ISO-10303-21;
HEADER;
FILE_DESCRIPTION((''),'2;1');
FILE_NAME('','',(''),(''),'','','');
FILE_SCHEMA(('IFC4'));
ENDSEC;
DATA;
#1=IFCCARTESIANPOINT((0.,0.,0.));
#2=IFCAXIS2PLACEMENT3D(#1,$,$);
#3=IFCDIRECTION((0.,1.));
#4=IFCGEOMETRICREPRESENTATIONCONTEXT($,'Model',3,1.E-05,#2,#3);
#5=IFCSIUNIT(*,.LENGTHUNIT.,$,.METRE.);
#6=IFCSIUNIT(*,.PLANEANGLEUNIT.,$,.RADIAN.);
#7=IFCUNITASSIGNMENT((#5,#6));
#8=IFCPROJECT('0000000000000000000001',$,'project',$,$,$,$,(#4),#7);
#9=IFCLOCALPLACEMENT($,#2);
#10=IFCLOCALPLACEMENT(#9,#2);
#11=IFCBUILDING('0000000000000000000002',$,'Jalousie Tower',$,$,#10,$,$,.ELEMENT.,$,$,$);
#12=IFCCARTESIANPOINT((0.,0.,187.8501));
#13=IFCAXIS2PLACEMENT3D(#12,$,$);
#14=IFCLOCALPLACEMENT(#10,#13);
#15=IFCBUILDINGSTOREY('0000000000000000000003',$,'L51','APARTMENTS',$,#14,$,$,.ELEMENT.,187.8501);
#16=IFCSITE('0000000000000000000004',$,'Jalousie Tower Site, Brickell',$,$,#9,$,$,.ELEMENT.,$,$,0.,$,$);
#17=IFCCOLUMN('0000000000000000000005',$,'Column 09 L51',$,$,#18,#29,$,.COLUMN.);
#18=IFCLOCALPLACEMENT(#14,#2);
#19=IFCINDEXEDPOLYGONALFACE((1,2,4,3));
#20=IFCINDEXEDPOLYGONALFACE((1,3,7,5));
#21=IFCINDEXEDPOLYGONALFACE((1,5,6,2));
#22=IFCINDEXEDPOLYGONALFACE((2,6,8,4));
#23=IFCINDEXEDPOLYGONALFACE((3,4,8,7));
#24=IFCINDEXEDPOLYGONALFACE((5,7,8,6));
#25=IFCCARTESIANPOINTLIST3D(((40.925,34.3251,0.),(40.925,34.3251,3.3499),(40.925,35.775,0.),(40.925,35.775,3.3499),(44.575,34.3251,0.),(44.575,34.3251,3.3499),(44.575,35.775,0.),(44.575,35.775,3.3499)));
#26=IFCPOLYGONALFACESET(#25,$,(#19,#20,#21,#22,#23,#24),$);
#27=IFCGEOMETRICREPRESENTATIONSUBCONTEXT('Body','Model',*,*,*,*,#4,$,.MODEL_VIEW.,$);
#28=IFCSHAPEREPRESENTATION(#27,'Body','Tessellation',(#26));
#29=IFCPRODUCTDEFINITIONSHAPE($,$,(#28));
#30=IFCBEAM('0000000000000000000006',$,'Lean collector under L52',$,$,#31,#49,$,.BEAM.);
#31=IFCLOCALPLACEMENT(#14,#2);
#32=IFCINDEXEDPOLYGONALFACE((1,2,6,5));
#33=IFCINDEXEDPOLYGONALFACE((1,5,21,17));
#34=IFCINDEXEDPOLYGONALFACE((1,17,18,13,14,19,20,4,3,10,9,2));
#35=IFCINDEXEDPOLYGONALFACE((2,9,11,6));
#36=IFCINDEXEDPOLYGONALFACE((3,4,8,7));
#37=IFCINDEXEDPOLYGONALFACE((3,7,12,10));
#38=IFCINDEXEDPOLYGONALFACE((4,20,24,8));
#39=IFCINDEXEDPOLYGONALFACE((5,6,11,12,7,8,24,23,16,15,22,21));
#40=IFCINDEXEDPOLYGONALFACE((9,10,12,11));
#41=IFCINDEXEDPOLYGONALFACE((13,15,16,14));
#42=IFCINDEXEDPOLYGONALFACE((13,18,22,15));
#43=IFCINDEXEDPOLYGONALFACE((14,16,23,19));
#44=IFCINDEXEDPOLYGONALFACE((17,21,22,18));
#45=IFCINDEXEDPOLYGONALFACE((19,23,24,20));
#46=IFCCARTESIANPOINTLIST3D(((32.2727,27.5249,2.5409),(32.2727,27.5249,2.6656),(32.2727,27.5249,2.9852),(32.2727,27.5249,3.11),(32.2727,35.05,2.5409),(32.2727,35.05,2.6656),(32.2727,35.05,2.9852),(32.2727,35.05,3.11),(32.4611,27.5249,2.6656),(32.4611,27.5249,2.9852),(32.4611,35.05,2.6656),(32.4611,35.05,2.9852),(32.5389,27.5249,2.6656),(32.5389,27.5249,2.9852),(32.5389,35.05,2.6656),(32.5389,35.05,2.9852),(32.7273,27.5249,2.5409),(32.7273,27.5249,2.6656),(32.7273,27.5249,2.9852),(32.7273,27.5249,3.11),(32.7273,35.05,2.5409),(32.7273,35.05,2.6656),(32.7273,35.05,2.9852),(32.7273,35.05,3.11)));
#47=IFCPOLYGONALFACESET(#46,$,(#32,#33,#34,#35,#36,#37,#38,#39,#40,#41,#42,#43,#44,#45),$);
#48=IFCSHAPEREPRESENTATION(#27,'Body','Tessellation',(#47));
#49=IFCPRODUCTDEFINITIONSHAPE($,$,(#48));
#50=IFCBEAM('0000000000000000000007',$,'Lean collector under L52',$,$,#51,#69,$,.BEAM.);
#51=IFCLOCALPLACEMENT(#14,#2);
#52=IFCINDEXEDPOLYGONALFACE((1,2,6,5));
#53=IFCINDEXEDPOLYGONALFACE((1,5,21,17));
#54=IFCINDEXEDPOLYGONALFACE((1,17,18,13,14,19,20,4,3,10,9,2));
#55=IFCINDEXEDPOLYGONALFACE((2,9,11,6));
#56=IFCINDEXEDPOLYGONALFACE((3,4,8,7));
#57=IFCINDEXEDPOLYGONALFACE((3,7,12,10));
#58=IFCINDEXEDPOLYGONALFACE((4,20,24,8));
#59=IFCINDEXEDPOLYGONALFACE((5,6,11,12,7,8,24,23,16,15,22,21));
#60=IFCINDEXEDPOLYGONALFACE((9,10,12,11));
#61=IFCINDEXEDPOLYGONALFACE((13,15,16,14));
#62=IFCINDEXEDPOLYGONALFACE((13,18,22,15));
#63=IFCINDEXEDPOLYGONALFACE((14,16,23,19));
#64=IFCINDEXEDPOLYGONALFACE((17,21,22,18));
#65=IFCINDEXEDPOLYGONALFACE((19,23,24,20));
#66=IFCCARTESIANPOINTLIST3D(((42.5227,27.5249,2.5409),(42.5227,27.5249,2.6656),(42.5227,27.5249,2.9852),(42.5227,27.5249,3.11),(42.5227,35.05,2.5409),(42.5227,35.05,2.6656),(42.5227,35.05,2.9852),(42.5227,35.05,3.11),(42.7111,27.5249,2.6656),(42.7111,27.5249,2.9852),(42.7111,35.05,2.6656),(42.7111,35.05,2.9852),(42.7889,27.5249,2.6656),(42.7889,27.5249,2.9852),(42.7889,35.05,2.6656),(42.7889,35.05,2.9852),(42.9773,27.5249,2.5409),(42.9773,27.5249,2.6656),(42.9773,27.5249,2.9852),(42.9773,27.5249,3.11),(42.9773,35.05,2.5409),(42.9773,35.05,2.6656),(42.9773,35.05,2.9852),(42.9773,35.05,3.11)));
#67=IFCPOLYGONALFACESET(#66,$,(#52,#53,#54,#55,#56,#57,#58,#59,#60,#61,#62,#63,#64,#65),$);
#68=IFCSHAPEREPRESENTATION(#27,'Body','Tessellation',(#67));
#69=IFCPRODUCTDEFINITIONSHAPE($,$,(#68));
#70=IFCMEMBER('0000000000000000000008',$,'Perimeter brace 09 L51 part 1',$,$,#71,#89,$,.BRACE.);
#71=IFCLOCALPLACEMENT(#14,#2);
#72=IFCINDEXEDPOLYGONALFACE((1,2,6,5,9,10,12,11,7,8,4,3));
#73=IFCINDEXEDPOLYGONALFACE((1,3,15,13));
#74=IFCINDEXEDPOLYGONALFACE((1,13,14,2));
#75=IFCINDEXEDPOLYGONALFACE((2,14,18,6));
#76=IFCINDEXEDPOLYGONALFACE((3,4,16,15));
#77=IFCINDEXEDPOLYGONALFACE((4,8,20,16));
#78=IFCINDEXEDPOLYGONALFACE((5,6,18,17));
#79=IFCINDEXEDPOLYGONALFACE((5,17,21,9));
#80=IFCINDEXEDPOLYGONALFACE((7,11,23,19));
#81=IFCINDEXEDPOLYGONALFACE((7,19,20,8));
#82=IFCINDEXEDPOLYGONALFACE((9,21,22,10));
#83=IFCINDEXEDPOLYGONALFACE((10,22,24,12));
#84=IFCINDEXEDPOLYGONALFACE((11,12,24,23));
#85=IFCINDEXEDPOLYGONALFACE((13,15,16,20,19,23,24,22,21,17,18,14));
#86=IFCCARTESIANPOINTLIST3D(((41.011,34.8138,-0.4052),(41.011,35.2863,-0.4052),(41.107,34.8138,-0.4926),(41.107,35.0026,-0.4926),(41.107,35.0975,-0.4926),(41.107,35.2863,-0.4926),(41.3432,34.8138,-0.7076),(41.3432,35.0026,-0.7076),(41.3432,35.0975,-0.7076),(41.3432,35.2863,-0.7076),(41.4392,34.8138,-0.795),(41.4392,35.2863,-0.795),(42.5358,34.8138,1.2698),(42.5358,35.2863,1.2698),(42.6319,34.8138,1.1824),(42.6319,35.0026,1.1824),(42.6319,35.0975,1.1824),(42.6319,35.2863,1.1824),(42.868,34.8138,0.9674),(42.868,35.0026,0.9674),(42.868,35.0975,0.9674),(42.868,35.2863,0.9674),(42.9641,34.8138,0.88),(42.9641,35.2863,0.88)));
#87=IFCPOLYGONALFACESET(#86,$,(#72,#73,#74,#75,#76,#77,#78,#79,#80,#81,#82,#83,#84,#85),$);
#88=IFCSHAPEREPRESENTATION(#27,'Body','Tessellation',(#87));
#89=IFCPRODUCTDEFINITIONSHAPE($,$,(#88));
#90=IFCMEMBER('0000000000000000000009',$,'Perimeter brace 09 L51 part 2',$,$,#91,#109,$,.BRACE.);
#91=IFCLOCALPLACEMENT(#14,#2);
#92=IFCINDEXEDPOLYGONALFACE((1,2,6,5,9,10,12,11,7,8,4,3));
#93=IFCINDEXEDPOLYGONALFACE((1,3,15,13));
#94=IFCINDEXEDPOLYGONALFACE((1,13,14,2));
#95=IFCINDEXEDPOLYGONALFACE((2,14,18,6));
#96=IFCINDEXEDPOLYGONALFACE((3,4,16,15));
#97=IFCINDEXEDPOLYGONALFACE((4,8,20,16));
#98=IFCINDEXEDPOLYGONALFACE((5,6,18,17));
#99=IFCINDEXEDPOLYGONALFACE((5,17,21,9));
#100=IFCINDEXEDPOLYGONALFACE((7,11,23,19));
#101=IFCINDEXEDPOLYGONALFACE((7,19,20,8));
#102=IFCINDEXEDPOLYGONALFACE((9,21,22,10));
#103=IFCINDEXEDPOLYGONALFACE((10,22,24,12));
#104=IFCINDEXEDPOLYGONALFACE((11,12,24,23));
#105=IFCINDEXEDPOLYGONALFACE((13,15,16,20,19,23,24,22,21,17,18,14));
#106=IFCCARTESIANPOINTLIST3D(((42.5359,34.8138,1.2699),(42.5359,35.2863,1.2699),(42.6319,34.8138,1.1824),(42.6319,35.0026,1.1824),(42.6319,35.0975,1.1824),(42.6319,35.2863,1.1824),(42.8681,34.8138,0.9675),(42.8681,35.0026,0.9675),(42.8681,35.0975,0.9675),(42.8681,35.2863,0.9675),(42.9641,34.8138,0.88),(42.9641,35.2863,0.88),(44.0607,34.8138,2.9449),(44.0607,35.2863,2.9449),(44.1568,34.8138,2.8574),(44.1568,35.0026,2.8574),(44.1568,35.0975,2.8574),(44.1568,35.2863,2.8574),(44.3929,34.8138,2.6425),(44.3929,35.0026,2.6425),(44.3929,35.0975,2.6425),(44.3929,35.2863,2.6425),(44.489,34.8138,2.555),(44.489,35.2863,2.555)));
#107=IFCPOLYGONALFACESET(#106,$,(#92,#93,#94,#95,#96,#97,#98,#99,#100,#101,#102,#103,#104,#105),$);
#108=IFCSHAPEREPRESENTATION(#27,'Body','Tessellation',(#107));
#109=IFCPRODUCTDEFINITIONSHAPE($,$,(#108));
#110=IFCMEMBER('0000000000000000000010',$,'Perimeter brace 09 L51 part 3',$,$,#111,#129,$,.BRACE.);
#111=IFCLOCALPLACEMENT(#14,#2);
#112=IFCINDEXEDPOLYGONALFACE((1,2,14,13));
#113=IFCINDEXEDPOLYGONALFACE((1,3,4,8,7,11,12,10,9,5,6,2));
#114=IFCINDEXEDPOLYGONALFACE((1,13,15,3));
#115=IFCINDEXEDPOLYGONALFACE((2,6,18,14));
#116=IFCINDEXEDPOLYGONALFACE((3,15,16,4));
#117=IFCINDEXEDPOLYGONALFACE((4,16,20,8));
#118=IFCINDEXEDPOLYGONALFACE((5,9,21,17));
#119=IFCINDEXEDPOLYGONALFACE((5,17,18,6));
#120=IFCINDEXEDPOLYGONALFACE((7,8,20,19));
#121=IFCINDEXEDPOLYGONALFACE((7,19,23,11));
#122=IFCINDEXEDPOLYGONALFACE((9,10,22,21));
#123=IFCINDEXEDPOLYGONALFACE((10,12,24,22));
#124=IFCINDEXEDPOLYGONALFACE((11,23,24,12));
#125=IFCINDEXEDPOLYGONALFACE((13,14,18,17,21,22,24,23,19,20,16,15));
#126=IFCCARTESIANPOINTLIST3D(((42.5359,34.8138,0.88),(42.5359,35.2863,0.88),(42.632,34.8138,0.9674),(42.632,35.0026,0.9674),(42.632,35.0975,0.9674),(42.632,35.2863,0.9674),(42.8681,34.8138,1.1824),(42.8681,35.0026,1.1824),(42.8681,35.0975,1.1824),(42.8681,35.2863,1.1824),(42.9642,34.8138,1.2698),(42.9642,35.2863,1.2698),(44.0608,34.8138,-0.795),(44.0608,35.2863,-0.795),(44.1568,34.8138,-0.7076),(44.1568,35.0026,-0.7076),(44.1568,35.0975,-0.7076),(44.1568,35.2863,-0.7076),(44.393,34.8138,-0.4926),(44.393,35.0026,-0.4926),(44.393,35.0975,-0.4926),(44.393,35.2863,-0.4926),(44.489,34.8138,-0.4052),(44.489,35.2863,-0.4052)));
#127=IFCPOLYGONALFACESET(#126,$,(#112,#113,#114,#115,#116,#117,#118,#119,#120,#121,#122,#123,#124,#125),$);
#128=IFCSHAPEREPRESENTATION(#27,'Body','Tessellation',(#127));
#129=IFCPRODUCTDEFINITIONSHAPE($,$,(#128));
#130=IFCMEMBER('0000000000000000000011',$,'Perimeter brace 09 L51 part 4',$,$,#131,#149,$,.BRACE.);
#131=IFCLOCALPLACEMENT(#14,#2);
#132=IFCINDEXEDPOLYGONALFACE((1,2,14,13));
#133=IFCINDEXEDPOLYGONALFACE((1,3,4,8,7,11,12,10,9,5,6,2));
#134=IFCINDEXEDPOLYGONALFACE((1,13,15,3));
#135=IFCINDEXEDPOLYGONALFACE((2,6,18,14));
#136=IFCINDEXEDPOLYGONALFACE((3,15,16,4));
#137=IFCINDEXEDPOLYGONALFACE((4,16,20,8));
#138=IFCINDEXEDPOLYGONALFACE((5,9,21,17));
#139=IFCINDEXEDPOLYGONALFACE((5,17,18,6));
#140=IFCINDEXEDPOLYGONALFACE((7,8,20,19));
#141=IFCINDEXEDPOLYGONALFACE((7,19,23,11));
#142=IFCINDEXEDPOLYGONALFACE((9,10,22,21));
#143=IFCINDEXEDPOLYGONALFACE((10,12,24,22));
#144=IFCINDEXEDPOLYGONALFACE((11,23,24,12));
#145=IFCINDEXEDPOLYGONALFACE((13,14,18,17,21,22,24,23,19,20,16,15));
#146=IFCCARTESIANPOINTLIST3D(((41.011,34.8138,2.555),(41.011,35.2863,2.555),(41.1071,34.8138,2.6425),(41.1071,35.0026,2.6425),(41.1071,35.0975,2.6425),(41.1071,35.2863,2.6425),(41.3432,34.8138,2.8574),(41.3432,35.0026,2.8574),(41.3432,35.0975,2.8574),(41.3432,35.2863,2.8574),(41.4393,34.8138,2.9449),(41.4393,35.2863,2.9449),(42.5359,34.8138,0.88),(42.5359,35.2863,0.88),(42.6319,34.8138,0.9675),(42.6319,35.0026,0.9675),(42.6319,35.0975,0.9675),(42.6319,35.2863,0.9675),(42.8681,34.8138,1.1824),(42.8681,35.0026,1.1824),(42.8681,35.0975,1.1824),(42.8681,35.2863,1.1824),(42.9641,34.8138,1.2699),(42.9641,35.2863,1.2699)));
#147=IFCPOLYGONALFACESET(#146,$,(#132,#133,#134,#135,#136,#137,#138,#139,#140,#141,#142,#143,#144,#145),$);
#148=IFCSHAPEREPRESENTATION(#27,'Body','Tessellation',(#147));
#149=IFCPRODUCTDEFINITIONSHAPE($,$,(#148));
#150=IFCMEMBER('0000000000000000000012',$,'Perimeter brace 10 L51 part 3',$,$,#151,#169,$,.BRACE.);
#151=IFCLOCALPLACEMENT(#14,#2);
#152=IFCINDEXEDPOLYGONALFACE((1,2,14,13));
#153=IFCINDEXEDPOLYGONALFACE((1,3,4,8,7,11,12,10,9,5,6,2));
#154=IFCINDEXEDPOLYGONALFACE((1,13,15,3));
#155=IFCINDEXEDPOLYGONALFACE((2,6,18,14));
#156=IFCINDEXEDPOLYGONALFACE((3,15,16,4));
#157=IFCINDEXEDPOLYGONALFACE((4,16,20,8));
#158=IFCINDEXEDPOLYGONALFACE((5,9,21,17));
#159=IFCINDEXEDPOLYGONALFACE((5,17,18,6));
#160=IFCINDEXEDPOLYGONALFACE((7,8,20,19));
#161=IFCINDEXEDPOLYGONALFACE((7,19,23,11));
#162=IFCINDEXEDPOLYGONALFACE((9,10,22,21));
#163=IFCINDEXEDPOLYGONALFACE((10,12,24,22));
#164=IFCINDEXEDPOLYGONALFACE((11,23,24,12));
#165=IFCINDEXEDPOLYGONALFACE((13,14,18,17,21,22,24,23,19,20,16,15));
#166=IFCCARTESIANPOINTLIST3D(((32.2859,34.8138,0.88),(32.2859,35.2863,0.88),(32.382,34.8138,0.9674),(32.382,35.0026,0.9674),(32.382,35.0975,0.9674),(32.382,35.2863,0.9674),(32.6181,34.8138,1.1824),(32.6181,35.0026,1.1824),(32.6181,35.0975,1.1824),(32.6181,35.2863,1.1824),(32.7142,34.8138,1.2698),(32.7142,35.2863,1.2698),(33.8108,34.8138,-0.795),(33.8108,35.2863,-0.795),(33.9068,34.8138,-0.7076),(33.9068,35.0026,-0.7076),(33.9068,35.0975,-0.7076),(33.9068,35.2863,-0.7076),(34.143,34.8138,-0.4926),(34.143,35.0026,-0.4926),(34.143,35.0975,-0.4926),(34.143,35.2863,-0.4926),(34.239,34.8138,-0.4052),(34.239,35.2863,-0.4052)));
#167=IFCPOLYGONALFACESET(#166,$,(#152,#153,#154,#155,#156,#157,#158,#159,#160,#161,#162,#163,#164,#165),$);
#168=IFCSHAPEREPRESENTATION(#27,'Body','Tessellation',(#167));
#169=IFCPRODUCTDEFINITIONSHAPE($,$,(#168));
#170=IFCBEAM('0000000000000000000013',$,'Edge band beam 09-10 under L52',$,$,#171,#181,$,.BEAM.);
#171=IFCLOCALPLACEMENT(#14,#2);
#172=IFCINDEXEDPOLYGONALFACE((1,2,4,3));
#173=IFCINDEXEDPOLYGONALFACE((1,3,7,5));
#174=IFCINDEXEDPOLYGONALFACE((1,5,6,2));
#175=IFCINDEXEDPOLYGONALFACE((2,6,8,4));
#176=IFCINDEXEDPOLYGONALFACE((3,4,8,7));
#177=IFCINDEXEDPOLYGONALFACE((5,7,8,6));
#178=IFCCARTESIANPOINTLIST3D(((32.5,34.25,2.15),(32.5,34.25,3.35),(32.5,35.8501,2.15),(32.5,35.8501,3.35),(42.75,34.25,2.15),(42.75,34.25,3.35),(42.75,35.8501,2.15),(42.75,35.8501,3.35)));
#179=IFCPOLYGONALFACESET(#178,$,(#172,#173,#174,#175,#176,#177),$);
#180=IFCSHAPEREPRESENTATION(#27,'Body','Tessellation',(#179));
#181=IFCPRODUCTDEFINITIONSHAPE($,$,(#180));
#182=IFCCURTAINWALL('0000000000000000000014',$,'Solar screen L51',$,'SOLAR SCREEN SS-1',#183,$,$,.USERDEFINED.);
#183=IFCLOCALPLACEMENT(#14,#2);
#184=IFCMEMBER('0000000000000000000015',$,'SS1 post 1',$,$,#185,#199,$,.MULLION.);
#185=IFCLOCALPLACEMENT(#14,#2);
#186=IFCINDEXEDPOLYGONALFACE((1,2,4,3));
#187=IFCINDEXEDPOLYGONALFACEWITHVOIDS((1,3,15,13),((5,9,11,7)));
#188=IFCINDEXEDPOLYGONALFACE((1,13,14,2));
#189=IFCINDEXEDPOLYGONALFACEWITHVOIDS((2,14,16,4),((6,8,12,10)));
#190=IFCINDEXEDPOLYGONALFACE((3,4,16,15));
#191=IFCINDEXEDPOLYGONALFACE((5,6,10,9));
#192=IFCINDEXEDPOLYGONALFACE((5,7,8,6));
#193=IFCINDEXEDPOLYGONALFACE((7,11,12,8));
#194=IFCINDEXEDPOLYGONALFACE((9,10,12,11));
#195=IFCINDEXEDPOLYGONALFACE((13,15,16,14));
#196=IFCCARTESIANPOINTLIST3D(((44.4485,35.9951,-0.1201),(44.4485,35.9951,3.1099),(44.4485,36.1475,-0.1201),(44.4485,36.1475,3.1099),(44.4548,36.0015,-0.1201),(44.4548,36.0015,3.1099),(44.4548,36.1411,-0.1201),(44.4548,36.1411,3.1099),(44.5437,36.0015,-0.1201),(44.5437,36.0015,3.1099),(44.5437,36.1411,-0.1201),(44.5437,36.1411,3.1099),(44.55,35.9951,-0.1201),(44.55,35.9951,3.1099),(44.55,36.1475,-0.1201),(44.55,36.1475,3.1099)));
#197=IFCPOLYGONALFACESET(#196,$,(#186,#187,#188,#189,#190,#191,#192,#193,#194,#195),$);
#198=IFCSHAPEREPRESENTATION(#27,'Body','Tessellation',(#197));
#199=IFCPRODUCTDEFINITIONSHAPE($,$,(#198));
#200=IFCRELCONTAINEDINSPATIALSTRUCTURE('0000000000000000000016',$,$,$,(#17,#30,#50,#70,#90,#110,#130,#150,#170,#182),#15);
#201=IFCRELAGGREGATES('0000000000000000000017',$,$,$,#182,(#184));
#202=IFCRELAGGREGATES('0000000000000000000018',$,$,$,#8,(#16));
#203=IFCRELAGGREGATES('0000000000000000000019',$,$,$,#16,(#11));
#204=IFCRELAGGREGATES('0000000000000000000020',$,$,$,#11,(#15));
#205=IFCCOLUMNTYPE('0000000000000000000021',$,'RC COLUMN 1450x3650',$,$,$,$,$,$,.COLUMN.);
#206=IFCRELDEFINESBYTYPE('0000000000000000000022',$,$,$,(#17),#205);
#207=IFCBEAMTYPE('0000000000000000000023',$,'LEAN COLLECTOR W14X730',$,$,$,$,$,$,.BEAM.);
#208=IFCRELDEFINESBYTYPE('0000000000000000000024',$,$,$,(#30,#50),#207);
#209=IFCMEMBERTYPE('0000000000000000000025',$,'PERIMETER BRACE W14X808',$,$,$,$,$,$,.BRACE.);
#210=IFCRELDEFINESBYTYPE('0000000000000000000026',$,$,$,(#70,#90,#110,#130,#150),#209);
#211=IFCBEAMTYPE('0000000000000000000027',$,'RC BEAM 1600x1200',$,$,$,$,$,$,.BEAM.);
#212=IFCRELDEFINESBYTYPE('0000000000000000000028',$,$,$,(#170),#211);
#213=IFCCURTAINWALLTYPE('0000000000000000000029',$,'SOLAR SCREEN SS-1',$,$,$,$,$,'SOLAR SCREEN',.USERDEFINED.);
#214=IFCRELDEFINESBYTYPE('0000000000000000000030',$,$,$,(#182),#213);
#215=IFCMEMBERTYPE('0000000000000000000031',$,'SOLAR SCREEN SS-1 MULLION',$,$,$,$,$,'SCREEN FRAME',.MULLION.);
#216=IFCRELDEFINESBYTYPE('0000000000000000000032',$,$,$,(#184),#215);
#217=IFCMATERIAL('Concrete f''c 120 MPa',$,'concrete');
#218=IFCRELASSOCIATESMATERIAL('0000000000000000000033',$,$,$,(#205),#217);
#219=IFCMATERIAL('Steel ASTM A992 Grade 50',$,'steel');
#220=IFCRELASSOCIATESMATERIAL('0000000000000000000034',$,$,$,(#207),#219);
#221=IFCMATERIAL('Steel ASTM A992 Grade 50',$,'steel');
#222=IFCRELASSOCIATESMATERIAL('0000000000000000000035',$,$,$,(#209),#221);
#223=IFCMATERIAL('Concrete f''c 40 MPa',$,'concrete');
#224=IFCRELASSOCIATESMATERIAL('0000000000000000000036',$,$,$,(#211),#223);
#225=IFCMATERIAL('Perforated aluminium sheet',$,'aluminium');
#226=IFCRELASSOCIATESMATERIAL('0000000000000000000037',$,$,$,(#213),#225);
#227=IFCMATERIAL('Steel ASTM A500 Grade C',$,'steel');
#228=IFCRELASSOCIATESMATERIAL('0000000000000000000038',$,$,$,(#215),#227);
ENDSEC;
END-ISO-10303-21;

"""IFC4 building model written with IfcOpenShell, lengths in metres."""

from ifc_helpers import new_model, si_unit, direction, frame, origin, origin_2d, place, context, subcontext, project, spatial, rectangle, hollow_rectangle, i_section, extrude, material, material_profile, profile_set, type_object, element, aggregate, save


model = new_model("IFC4")

# Units and contexts
model_context = context("Model", 3, precision=1e-05, world=origin(), true_north=direction((0.0, 1.0)))
body_context = subcontext(model_context, "Body", "Model", "MODEL_VIEW")
ifc_project = project(units=[si_unit("LENGTHUNIT", "METRE"), si_unit("PLANEANGLEUNIT", "RADIAN")], contexts=[model_context])

# Site, building, storey
site_placement = place(None, origin())
site = spatial("IfcSite", under=ifc_project, at=site_placement, Name="Jalousie Tower Site, Brickell", CompositionType="ELEMENT", RefElevation=0.0)
building_placement = place(site_placement, origin())
building = spatial("IfcBuilding", under=site, at=building_placement, Name="Jalousie Tower", CompositionType="ELEMENT")
storey_placement = place(building_placement, frame((0.0, 0.0, 187.8501)))
storey = spatial("IfcBuildingStorey", under=building, at=storey_placement, Name="L51", Description="APARTMENTS", CompositionType="ELEMENT", Elevation=187.8501)

# Column
ifc_material_1 = material(Name="Concrete f'c 120 MPa", Category="concrete")
ifc_material_profile_1 = material_profile(ifc_material_1, rectangle(XDim=1.45, YDim=3.6499, at=origin_2d()), Name="RC 1450x3650")
ifc_profile_set_1 = profile_set([ifc_material_profile_1], Name="Concrete f'c 120 MPa")
column_type = type_object("IfcColumnType", Name="RC COLUMN 1450x3650", PredefinedType="COLUMN", material=ifc_profile_set_1)
column_placement = place(storey_placement, frame((42.75, 35.05, 0.0), z_axis=(0.0, 0.0, 1.0), x_axis=(0.0, 1.0, 0.0)))
element("IfcColumn", 1, at=column_placement, inside=storey, type_object=column_type, Name="Column 09 L51", PredefinedType="COLUMN", context=body_context, shape_type="SweptSolid", body=[
    extrude(rectangle(XDim=1.45, YDim=3.6499, at=origin_2d()), origin(), (0.0, 0.0, 1.0), 3.3499),
])

# Beams
ifc_material_2 = material(Name="Steel ASTM A992 Grade 50", Category="steel")
ifc_material_profile_2 = material_profile(ifc_material_2, i_section(OverallWidth=0.4546, OverallDepth=0.5691, WebThickness=0.0779, FlangeThickness=0.1248, at=origin_2d()), Name="W14X730")
ifc_profile_set_2 = profile_set([ifc_material_profile_2], Name="Steel ASTM A992 Grade 50")
beam_type_1 = type_object("IfcBeamType", Name="LEAN COLLECTOR W14X730", PredefinedType="BEAM", material=ifc_profile_set_2)
for number, where, z_axis, x_axis, name in (
    (2, (32.5, 35.05, 2.8254), (0.0, -1.0, 0.0), (1.0, 0.0, 0.0), "Lean collector under L52"),
    (3, (42.75, 35.05, 2.8254), (0.0, -1.0, 0.0), (1.0, 0.0, 0.0), "Lean collector under L52"),
):
    element("IfcBeam", number, at=place(storey_placement, frame(where, z_axis=z_axis, x_axis=x_axis)), inside=storey, type_object=beam_type_1, Name=name, PredefinedType="BEAM", context=body_context, shape_type="SweptSolid", body=[
        extrude(i_section(OverallWidth=0.4546, OverallDepth=0.5691, WebThickness=0.0779, FlangeThickness=0.1248, at=origin_2d()), origin(), (0.0, 0.0, 1.0), 7.5251),
    ])

# Members
ifc_material_3 = material(Name="Steel ASTM A992 Grade 50", Category="steel")
ifc_material_profile_3 = material_profile(ifc_material_3, i_section(OverallWidth=0.4724, OverallDepth=0.5791, WebThickness=0.095, FlangeThickness=0.1299, at=origin_2d()), Name="W14X808")
ifc_profile_set_3 = profile_set([ifc_material_profile_3], Name="Steel ASTM A992 Grade 50")
member_type_1 = type_object("IfcMemberType", Name="PERIMETER BRACE W14X808", PredefinedType="BRACE", material=ifc_profile_set_3)
for number, where, z_axis, x_axis, name in (
    (4, (41.2251, 35.05, -0.6001), (0.673188, 0.0, 0.739472), (0.0, 1.0, 0.0), "Perimeter brace 09 L51 part 1"),
    (5, (42.75, 35.05, 1.075), (0.673188, 0.0, 0.739472), (0.0, 1.0, 0.0), "Perimeter brace 09 L51 part 2"),
    (6, (44.2749, 35.05, -0.6001), (-0.673188, 0.0, 0.739472), (0.0, -1.0, 0.0), "Perimeter brace 09 L51 part 3"),
    (7, (42.75, 35.05, 1.075), (-0.673188, 0.0, 0.739472), (0.0, -1.0, 0.0), "Perimeter brace 09 L51 part 4"),
    (8, (34.0249, 35.05, -0.6001), (-0.673188, 0.0, 0.739472), (0.0, -1.0, 0.0), "Perimeter brace 10 L51 part 3"),
):
    element("IfcMember", number, at=place(storey_placement, frame(where, z_axis=z_axis, x_axis=x_axis)), inside=storey, type_object=member_type_1, Name=name, PredefinedType="BRACE", context=body_context, shape_type="SweptSolid", body=[
        extrude(i_section(OverallWidth=0.4724, OverallDepth=0.5791, WebThickness=0.095, FlangeThickness=0.1299, at=origin_2d()), origin(), (0.0, 0.0, 1.0), 2.2651),
    ])

# Beam
ifc_material_4 = material(Name="Concrete f'c 40 MPa", Category="concrete")
ifc_material_profile_4 = material_profile(ifc_material_4, rectangle(XDim=1.6001, YDim=1.2, at=origin_2d()), Name="RC 1600x1200")
ifc_profile_set_4 = profile_set([ifc_material_profile_4], Name="Concrete f'c 40 MPa")
beam_type_2 = type_object("IfcBeamType", Name="RC BEAM 1600x1200", PredefinedType="BEAM", material=ifc_profile_set_4)
beam_placement = place(storey_placement, frame((42.75, 35.05, 2.75), z_axis=(-1.0, 0.0, 0.0), x_axis=(0.0, -1.0, 0.0)))
element("IfcBeam", 9, at=beam_placement, inside=storey, type_object=beam_type_2, Name="Edge band beam 09-10 under L52", PredefinedType="BEAM", context=body_context, shape_type="SweptSolid", body=[
    extrude(rectangle(XDim=1.6001, YDim=1.2, at=origin_2d()), origin(), (0.0, 0.0, 1.0), 10.25),
])

# Curtain wall, member
ifc_material_5 = material(Name="Perforated aluminium sheet", Category="aluminium")
curtain_wall_type = type_object("IfcCurtainWallType", Name="SOLAR SCREEN SS-1", ElementType="SOLAR SCREEN", PredefinedType="USERDEFINED", material=ifc_material_5)
curtain_wall_1_placement = place(storey_placement, origin())
curtain_wall_1 = element("IfcCurtainWall", 10, at=curtain_wall_1_placement, inside=storey, type_object=curtain_wall_type, Name="Solar screen L51", ObjectType="SOLAR SCREEN SS-1", PredefinedType="USERDEFINED")
ifc_material_6 = material(Name="Steel ASTM A500 Grade C", Category="steel")
ifc_material_profile_5 = material_profile(ifc_material_6, hollow_rectangle(XDim=0.1016, YDim=0.1523, WallThickness=0.0063, at=origin_2d()), Name="HSS6X4X1/4")
ifc_profile_set_5 = profile_set([ifc_material_profile_5], Name="Steel ASTM A500 Grade C")
member_type_2 = type_object("IfcMemberType", Name="SOLAR SCREEN SS-1 MULLION", ElementType="SCREEN FRAME", PredefinedType="MULLION", material=ifc_profile_set_5)
member_1_placement = place(storey_placement, frame((44.4993, 36.0713, -0.1201), z_axis=(0.0, 0.0, 1.0), x_axis=(-1.0, 0.0, 0.0)))
member_1 = element("IfcMember", 11, at=member_1_placement, type_object=member_type_2, Name="SS1 post 1", PredefinedType="MULLION", context=body_context, shape_type="SweptSolid", body=[
    extrude(hollow_rectangle(XDim=0.1016, YDim=0.1523, WallThickness=0.0063, at=origin_2d()), origin(), (0.0, 0.0, 1.0), 3.23),
])

aggregate(curtain_wall_1, [member_1])

save(model, "model.ifc")
